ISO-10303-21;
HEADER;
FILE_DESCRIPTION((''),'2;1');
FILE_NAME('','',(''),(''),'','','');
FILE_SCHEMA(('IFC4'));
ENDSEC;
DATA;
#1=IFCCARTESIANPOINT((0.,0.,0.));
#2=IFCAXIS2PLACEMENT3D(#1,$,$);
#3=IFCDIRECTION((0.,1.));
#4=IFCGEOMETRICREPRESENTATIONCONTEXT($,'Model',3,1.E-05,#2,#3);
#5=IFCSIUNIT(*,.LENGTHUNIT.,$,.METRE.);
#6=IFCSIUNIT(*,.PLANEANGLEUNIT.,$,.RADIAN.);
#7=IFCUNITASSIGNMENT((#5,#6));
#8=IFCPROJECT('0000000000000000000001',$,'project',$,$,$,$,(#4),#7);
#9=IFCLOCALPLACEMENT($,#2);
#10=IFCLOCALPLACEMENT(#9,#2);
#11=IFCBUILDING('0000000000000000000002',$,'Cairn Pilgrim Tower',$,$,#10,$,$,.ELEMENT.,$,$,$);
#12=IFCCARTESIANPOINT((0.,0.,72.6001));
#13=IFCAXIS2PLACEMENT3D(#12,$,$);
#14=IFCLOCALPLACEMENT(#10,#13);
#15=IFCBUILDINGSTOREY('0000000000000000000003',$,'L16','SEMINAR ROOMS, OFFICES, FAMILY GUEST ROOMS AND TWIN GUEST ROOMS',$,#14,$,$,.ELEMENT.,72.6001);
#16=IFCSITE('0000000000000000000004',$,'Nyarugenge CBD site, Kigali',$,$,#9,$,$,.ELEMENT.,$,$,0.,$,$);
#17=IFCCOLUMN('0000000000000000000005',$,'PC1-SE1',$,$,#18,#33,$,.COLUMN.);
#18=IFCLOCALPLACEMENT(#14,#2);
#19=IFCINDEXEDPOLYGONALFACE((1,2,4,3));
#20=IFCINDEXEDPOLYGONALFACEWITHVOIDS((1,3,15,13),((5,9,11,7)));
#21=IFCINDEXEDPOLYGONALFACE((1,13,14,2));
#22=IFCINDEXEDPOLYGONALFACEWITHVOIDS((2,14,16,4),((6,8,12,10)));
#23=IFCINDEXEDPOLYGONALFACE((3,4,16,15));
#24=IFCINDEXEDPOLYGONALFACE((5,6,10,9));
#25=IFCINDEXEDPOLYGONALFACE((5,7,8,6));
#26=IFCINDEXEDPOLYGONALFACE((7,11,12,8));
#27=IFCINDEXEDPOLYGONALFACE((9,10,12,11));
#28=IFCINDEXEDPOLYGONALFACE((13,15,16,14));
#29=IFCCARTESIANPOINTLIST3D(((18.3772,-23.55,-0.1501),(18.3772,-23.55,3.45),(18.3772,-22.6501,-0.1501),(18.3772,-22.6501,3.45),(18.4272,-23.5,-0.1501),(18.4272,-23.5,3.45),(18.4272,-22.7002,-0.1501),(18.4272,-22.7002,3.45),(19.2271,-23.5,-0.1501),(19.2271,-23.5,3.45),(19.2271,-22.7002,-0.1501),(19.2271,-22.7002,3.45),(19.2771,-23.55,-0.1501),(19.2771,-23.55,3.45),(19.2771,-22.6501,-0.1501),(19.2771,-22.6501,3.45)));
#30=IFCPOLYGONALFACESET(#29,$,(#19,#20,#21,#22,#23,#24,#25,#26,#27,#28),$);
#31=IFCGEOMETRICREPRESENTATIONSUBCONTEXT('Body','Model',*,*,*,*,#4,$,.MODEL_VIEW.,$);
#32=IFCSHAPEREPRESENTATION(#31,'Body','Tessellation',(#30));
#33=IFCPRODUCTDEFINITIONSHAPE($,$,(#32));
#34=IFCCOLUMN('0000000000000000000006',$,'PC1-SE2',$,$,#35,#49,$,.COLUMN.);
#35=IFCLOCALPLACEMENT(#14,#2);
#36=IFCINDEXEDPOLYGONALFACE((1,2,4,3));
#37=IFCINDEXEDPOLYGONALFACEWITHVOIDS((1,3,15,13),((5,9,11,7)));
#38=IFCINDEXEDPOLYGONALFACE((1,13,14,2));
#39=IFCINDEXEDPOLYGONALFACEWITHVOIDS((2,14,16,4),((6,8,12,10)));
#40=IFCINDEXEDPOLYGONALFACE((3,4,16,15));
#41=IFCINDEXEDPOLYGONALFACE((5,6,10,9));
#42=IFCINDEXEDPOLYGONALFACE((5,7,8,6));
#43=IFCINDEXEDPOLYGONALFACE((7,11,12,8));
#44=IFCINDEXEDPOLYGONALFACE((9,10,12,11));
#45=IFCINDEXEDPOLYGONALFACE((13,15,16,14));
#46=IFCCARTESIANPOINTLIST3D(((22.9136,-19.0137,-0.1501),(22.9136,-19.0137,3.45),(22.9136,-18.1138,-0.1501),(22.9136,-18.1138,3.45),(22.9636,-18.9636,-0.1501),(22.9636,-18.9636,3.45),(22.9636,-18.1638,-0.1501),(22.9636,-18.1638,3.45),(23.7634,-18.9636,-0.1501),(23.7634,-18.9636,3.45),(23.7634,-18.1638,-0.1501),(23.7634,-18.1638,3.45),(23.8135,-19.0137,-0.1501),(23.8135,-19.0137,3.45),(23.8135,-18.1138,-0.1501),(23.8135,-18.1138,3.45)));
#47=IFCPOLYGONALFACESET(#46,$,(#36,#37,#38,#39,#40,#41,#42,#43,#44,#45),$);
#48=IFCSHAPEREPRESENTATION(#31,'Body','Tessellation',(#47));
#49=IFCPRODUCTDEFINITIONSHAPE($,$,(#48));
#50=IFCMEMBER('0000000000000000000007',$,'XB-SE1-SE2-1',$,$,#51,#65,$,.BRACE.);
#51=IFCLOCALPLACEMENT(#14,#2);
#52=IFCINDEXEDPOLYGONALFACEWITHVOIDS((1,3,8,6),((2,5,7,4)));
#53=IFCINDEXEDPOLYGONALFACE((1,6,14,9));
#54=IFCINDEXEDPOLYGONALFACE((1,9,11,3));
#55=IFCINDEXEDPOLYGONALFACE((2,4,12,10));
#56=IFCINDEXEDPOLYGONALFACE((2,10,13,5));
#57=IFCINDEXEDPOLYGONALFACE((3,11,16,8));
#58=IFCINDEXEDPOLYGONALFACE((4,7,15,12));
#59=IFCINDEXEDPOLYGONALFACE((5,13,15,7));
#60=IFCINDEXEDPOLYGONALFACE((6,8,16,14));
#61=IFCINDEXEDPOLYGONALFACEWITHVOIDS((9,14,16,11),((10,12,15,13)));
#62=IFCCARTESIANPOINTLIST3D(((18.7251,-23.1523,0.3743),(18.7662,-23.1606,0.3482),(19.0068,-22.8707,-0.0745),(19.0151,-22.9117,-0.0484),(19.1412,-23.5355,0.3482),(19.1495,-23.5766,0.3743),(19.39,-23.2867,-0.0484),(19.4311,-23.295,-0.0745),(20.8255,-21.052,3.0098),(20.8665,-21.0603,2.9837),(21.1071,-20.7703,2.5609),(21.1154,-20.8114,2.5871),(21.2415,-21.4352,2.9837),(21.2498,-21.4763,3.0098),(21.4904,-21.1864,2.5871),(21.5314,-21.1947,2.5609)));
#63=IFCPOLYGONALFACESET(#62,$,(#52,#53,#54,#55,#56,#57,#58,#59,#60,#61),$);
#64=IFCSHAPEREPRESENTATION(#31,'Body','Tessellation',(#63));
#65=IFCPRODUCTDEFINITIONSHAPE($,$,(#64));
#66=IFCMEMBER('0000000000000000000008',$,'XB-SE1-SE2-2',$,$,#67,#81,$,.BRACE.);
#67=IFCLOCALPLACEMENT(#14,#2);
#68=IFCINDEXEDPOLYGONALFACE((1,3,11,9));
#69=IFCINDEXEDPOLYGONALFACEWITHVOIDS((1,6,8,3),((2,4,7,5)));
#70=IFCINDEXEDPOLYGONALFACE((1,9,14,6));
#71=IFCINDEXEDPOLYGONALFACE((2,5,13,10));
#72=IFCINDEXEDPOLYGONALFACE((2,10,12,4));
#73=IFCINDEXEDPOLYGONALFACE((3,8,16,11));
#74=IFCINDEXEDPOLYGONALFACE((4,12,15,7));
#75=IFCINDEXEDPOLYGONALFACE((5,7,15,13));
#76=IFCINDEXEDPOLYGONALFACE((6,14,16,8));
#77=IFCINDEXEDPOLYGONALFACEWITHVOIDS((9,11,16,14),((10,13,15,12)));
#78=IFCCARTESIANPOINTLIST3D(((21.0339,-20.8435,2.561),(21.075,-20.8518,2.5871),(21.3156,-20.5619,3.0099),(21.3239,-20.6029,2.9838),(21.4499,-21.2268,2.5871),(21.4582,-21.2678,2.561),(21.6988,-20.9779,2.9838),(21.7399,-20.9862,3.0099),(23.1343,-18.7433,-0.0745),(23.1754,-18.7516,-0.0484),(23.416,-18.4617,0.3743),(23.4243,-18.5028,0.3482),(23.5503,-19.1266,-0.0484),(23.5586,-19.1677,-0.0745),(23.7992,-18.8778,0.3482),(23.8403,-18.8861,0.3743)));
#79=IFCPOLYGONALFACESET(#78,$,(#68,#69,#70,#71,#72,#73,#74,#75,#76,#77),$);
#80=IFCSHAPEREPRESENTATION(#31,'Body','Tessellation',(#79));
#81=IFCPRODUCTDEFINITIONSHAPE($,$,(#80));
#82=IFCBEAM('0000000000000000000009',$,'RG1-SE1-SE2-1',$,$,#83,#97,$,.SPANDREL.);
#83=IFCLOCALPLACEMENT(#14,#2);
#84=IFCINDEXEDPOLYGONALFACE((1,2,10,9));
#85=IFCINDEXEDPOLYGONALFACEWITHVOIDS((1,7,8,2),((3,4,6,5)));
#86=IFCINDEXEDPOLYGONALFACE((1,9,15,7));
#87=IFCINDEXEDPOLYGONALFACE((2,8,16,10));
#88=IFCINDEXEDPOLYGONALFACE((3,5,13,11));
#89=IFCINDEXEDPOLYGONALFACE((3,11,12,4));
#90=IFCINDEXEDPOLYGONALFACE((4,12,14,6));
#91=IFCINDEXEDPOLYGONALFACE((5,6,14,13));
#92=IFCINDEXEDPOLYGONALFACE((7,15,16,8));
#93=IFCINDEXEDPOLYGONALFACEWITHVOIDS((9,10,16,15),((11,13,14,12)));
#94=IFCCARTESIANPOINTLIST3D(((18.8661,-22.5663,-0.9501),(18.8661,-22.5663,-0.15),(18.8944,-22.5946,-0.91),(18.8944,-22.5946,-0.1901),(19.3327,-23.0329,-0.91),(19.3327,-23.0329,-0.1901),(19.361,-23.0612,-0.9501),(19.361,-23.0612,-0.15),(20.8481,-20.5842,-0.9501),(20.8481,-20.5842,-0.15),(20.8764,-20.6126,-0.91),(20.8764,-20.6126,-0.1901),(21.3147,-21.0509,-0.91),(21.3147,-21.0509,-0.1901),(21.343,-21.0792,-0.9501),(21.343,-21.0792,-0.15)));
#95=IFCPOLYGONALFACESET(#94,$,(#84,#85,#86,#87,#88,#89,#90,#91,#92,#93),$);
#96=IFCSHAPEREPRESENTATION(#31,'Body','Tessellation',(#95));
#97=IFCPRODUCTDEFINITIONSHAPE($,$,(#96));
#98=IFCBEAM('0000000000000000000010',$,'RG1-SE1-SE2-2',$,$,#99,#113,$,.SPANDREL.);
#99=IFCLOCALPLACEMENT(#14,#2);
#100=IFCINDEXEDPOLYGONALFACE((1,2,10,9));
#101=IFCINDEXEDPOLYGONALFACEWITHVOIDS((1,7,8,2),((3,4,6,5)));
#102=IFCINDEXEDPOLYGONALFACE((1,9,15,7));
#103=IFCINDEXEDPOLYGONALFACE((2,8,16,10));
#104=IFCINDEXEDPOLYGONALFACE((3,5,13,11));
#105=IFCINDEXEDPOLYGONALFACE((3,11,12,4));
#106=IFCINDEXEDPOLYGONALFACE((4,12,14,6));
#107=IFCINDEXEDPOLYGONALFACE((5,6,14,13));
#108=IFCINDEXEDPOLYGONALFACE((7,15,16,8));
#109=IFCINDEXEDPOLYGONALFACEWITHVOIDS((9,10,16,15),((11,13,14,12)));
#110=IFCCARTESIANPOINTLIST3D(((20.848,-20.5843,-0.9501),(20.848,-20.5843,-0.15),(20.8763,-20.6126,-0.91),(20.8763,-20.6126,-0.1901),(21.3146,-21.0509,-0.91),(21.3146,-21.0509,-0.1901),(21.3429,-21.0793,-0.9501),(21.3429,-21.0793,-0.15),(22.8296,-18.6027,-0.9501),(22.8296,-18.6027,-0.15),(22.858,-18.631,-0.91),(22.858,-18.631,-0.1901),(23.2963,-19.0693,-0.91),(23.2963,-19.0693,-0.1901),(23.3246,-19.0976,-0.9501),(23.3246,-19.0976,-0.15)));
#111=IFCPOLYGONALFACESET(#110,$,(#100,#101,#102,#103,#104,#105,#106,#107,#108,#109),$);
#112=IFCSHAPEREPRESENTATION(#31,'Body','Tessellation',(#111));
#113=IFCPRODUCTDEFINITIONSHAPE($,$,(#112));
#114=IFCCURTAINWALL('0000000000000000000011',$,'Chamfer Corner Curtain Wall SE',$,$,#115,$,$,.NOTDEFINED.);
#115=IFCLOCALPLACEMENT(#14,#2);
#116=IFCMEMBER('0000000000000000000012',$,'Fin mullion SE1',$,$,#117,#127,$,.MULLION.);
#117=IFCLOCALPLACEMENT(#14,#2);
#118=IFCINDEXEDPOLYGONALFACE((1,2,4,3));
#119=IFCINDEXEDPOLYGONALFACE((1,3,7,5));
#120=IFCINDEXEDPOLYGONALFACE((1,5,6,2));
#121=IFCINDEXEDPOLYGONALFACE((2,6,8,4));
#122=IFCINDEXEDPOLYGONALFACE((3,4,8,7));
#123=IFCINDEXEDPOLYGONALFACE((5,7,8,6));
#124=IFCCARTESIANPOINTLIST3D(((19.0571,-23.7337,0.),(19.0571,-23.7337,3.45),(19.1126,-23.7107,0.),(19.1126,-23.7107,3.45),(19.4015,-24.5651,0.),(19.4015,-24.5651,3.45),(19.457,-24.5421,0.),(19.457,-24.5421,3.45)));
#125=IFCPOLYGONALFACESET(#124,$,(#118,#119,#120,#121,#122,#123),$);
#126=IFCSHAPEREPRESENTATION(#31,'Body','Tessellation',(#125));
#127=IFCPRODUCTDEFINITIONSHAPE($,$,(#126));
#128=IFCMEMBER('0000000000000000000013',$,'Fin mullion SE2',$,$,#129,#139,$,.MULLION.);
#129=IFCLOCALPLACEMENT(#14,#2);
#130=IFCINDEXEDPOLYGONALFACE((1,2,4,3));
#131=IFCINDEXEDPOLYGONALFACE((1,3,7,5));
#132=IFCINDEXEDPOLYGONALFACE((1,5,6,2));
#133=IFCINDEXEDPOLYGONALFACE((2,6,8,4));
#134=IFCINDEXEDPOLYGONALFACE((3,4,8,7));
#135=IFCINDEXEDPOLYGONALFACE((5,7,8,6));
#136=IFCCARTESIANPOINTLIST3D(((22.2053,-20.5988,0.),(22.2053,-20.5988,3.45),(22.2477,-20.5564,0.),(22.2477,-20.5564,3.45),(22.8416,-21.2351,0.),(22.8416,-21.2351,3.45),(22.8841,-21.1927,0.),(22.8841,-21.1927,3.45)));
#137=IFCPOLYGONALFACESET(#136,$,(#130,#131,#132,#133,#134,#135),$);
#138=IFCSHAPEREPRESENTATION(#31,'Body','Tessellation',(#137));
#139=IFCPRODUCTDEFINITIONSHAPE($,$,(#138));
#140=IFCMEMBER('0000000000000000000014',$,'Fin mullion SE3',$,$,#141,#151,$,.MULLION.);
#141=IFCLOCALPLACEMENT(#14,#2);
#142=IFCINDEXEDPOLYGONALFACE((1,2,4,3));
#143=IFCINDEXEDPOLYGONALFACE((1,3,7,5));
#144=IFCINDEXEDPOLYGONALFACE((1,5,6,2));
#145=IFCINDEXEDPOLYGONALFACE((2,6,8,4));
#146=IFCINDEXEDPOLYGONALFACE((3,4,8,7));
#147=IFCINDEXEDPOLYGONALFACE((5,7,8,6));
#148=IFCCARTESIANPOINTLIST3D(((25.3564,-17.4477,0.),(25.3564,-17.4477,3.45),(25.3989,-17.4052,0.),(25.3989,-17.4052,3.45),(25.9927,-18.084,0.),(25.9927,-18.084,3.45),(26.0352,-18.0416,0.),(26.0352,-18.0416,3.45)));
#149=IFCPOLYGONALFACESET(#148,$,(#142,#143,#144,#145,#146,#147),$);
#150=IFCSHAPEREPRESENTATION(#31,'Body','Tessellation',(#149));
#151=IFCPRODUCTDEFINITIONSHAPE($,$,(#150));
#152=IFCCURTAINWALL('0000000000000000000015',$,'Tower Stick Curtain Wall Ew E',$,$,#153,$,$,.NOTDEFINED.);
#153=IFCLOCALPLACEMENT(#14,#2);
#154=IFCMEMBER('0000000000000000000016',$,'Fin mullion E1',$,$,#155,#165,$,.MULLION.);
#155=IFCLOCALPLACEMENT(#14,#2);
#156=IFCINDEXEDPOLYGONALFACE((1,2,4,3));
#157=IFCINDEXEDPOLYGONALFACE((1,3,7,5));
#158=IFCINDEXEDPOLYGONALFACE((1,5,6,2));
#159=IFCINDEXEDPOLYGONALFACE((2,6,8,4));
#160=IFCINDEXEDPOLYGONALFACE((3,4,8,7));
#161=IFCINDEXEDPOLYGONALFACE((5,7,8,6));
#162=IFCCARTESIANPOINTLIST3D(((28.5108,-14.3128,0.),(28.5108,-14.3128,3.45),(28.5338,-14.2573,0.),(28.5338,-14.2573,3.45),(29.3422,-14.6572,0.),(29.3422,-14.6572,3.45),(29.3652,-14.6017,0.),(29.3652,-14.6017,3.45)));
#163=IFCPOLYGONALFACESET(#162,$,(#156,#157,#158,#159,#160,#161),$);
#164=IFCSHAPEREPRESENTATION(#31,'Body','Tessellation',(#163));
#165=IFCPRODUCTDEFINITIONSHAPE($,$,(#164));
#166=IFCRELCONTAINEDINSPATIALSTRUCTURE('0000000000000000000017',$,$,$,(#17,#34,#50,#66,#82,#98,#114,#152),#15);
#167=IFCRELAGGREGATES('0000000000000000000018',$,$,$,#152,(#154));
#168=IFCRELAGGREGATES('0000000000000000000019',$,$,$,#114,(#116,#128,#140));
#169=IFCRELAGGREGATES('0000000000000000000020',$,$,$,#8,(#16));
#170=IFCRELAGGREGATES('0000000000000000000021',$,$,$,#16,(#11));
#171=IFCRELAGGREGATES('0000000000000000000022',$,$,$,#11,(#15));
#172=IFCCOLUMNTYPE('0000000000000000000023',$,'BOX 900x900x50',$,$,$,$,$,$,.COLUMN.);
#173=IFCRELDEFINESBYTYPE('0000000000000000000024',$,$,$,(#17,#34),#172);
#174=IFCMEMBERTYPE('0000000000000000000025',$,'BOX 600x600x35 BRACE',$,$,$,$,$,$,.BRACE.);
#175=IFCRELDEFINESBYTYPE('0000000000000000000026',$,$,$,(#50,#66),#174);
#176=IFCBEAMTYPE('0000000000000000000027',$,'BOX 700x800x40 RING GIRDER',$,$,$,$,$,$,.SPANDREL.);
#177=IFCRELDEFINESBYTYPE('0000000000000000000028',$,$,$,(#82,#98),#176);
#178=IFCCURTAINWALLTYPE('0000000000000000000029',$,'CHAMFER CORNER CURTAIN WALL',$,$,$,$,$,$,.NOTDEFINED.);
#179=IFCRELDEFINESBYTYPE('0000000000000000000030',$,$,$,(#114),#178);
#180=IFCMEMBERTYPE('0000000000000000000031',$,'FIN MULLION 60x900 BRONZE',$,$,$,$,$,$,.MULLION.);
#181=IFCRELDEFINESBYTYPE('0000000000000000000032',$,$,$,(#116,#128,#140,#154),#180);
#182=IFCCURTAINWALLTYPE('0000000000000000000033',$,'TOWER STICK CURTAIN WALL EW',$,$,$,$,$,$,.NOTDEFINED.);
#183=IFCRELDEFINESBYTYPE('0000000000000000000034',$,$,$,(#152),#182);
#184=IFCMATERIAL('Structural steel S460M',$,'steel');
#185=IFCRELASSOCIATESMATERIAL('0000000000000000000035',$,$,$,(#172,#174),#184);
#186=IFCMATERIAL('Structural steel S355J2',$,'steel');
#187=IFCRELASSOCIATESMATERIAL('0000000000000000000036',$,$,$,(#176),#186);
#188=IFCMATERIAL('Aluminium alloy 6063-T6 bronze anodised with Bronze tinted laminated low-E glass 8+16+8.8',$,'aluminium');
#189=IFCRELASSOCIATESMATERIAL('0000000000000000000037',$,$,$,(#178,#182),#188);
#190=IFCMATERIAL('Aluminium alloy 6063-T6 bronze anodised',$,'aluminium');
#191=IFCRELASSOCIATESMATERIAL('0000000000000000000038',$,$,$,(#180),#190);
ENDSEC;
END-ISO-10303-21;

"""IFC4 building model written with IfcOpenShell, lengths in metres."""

from ifc_helpers import new_model, si_unit, direction, frame, origin, origin_2d, place, context, subcontext, project, spatial, rectangle, hollow_rectangle, extrude, material, material_profile, profile_set, type_object, element, aggregate, save


model = new_model("IFC4")

# Units and contexts
model_context = context("Model", 3, precision=1e-05, world=origin(), true_north=direction((0.0, 1.0)))
body_context = subcontext(model_context, "Body", "Model", "MODEL_VIEW")
ifc_project = project(units=[si_unit("LENGTHUNIT", "METRE"), si_unit("PLANEANGLEUNIT", "RADIAN")], contexts=[model_context])

# Site, building, storey
site_placement = place(None, origin())
site = spatial("IfcSite", under=ifc_project, at=site_placement, Name="Nyarugenge CBD site, Kigali", CompositionType="ELEMENT", RefElevation=0.0)
building_placement = place(site_placement, origin())
building = spatial("IfcBuilding", under=site, at=building_placement, Name="Cairn Pilgrim Tower", CompositionType="ELEMENT")
storey_placement = place(building_placement, frame((0.0, 0.0, 72.6001)))
storey = spatial("IfcBuildingStorey", under=building, at=storey_placement, Name="L16", Description="SEMINAR ROOMS, OFFICES, FAMILY GUEST ROOMS AND TWIN GUEST ROOMS", CompositionType="ELEMENT", Elevation=72.6001)

# Columns
ifc_material_1 = material(Name="Structural steel S460M", Category="steel")
ifc_material_profile_1 = material_profile(ifc_material_1, hollow_rectangle(XDim=0.8999, YDim=0.8999, WallThickness=0.05, at=origin_2d()), Name="BOX 900x900x50")
ifc_profile_set_1 = profile_set([ifc_material_profile_1], Name="Structural steel S460M")
column_type = type_object("IfcColumnType", Name="BOX 900x900x50", PredefinedType="COLUMN", material=ifc_profile_set_1)
for number, where, z_axis, x_axis, name in (
    (1, (18.8271, -23.1001, -0.1501), (0.0, 0.0, 1.0), (1.0, 0.0, 0.0), "PC1-SE1"),
    (2, (23.3635, -18.5637, -0.1501), (0.0, 0.0, 1.0), (1.0, 0.0, 0.0), "PC1-SE2"),
):
    element("IfcColumn", number, at=place(storey_placement, frame(where, z_axis=z_axis, x_axis=x_axis)), inside=storey, type_object=column_type, Name=name, PredefinedType="COLUMN", context=body_context, shape_type="SweptSolid", body=[
        extrude(hollow_rectangle(XDim=0.8999, YDim=0.8999, WallThickness=0.05, at=origin_2d()), origin(), (0.0, 0.0, 1.0), 3.6001),
    ])

# Members
ifc_material_profile_2 = material_profile(ifc_material_1, hollow_rectangle(XDim=0.6001, YDim=0.6001, WallThickness=0.0349, at=origin_2d()), Name="BOX 600x600x35")
ifc_profile_set_2 = profile_set([ifc_material_profile_2], Name="Structural steel S460M")
member_type_1 = type_object("IfcMemberType", Name="BOX 600x600x35 BRACE", PredefinedType="BRACE", material=ifc_profile_set_2)
for number, where, z_axis, x_axis, name in (
    (3, (19.0781, -23.2236, 0.1499), (0.528922, 0.528922, 0.663689), (-0.707107, 0.707107, 0.0), "XB-SE1-SE2-1"),
    (4, (23.4873, -18.8147, 0.1499), (-0.528939, -0.528878, 0.66371), (0.707066, -0.707148, 0.0), "XB-SE1-SE2-2"),
):
    element("IfcMember", number, at=place(storey_placement, frame(where, z_axis=z_axis, x_axis=x_axis)), inside=storey, type_object=member_type_1, Name=name, PredefinedType="BRACE", context=body_context, shape_type="SweptSolid", body=[
        extrude(hollow_rectangle(XDim=0.6001, YDim=0.6001, WallThickness=0.0349, at=origin_2d()), origin(), (0.0, 0.0, 1.0), 3.9709),
    ])

# Beams
ifc_material_2 = material(Name="Structural steel S355J2", Category="steel")
ifc_material_profile_3 = material_profile(ifc_material_2, hollow_rectangle(XDim=0.7, YDim=0.8, WallThickness=0.04, at=origin_2d()), Name="BOX 700x800x40")
ifc_profile_set_3 = profile_set([ifc_material_profile_3], Name="Structural steel S355J2")
beam_type_1 = type_object("IfcBeamType", Name="BOX 700x800x40 RING GIRDER", PredefinedType="SPANDREL", material=ifc_profile_set_3)
beam_1_placement = place(storey_placement, frame((19.1135, -22.8137, -0.55), z_axis=(0.707107, 0.707107, 0.0), x_axis=(-0.707107, 0.707107, 0.0)))
element("IfcBeam", 5, at=beam_1_placement, inside=storey, type_object=beam_type_1, Name="RG1-SE1-SE2-1", PredefinedType="SPANDREL", context=body_context, shape_type="SweptSolid", body=[
    extrude(hollow_rectangle(XDim=0.7, YDim=0.8, WallThickness=0.04, at=origin_2d()), origin(), (0.0, 0.0, 1.0), 2.803),
])
beam_2_placement = place(storey_placement, frame((21.0955, -20.8318, -0.55), z_axis=(0.707107, 0.707107, 0.0), x_axis=(-0.707107, 0.707107, 0.0)))
element("IfcBeam", 6, at=beam_2_placement, inside=storey, type_object=beam_type_1, Name="RG1-SE1-SE2-2", PredefinedType="SPANDREL", context=body_context, shape_type="SweptSolid", body=[
    extrude(hollow_rectangle(XDim=0.7, YDim=0.8, WallThickness=0.04, at=origin_2d()), origin(), (0.0, 0.0, 1.0), 2.8025),
])

# Curtain wall, members
ifc_material_3 = material(Name="Aluminium alloy 6063-T6 bronze anodised with Bronze tinted laminated low-E glass 8+16+8.8", Category="aluminium")
curtain_wall_type_1 = type_object("IfcCurtainWallType", Name="CHAMFER CORNER CURTAIN WALL", PredefinedType="NOTDEFINED", material=ifc_material_3)
curtain_wall_1_placement = place(storey_placement, origin())
curtain_wall_1 = element("IfcCurtainWall", 7, at=curtain_wall_1_placement, inside=storey, type_object=curtain_wall_type_1, Name="Chamfer Corner Curtain Wall SE", PredefinedType="NOTDEFINED")
ifc_material_4 = material(Name="Aluminium alloy 6063-T6 bronze anodised", Category="aluminium")
ifc_material_profile_4 = material_profile(ifc_material_4, rectangle(XDim=0.8999, YDim=0.0601, at=origin_2d()), Name="FIN MULLION 60x900 BRONZE")
ifc_profile_set_4 = profile_set([ifc_material_profile_4], Name="Aluminium alloy 6063-T6 bronze anodised")
member_type_2 = type_object("IfcMemberType", Name="FIN MULLION 60x900 BRONZE", PredefinedType="MULLION", material=ifc_profile_set_4)
member_1_placement = place(storey_placement, frame((19.2571, -24.1379, 0.0), z_axis=(0.0, 0.0, 1.0), x_axis=(0.382683, -0.92388, 0.0)))
member_1 = element("IfcMember", 8, at=member_1_placement, type_object=member_type_2, Name="Fin mullion SE1", PredefinedType="MULLION", context=body_context, shape_type="SweptSolid", body=[
    extrude(rectangle(XDim=0.8999, YDim=0.0601, at=origin_2d()), origin(), (0.0, 0.0, 1.0), 3.45),
])
member_2_placement = place(storey_placement, frame((22.5447, -20.8958, 0.0), z_axis=(0.0, 0.0, 1.0), x_axis=(0.707107, -0.707107, 0.0)))
member_2 = element("IfcMember", 9, at=member_2_placement, type_object=member_type_2, Name="Fin mullion SE2", PredefinedType="MULLION", context=body_context, shape_type="SweptSolid", body=[
    extrude(rectangle(XDim=0.8999, YDim=0.0601, at=origin_2d()), origin(), (0.0, 0.0, 1.0), 3.45),
])
member_3_placement = place(storey_placement, frame((25.6958, -17.7446, 0.0), z_axis=(0.0, 0.0, 1.0), x_axis=(0.707107, -0.707107, 0.0)))
member_3 = element("IfcMember", 10, at=member_3_placement, type_object=member_type_2, Name="Fin mullion SE3", PredefinedType="MULLION", context=body_context, shape_type="SweptSolid", body=[
    extrude(rectangle(XDim=0.8999, YDim=0.0601, at=origin_2d()), origin(), (0.0, 0.0, 1.0), 3.45),
])

# Curtain wall, member
curtain_wall_type_2 = type_object("IfcCurtainWallType", Name="TOWER STICK CURTAIN WALL EW", PredefinedType="NOTDEFINED", material=ifc_material_3)
curtain_wall_2_placement = place(storey_placement, origin())
curtain_wall_2 = element("IfcCurtainWall", 11, at=curtain_wall_2_placement, inside=storey, type_object=curtain_wall_type_2, Name="Tower Stick Curtain Wall Ew E", PredefinedType="NOTDEFINED")
member_4_placement = place(storey_placement, frame((28.938, -14.4573, 0.0), z_axis=(0.0, 0.0, 1.0), x_axis=(0.92388, -0.382683, 0.0)))
member_4 = element("IfcMember", 12, at=member_4_placement, type_object=member_type_2, Name="Fin mullion E1", PredefinedType="MULLION", context=body_context, shape_type="SweptSolid", body=[
    extrude(rectangle(XDim=0.8999, YDim=0.0601, at=origin_2d()), origin(), (0.0, 0.0, 1.0), 3.45),
])
aggregate(curtain_wall_2, [member_4])

aggregate(curtain_wall_1, [member_1, member_2, member_3])

save(model, "model.ifc")
